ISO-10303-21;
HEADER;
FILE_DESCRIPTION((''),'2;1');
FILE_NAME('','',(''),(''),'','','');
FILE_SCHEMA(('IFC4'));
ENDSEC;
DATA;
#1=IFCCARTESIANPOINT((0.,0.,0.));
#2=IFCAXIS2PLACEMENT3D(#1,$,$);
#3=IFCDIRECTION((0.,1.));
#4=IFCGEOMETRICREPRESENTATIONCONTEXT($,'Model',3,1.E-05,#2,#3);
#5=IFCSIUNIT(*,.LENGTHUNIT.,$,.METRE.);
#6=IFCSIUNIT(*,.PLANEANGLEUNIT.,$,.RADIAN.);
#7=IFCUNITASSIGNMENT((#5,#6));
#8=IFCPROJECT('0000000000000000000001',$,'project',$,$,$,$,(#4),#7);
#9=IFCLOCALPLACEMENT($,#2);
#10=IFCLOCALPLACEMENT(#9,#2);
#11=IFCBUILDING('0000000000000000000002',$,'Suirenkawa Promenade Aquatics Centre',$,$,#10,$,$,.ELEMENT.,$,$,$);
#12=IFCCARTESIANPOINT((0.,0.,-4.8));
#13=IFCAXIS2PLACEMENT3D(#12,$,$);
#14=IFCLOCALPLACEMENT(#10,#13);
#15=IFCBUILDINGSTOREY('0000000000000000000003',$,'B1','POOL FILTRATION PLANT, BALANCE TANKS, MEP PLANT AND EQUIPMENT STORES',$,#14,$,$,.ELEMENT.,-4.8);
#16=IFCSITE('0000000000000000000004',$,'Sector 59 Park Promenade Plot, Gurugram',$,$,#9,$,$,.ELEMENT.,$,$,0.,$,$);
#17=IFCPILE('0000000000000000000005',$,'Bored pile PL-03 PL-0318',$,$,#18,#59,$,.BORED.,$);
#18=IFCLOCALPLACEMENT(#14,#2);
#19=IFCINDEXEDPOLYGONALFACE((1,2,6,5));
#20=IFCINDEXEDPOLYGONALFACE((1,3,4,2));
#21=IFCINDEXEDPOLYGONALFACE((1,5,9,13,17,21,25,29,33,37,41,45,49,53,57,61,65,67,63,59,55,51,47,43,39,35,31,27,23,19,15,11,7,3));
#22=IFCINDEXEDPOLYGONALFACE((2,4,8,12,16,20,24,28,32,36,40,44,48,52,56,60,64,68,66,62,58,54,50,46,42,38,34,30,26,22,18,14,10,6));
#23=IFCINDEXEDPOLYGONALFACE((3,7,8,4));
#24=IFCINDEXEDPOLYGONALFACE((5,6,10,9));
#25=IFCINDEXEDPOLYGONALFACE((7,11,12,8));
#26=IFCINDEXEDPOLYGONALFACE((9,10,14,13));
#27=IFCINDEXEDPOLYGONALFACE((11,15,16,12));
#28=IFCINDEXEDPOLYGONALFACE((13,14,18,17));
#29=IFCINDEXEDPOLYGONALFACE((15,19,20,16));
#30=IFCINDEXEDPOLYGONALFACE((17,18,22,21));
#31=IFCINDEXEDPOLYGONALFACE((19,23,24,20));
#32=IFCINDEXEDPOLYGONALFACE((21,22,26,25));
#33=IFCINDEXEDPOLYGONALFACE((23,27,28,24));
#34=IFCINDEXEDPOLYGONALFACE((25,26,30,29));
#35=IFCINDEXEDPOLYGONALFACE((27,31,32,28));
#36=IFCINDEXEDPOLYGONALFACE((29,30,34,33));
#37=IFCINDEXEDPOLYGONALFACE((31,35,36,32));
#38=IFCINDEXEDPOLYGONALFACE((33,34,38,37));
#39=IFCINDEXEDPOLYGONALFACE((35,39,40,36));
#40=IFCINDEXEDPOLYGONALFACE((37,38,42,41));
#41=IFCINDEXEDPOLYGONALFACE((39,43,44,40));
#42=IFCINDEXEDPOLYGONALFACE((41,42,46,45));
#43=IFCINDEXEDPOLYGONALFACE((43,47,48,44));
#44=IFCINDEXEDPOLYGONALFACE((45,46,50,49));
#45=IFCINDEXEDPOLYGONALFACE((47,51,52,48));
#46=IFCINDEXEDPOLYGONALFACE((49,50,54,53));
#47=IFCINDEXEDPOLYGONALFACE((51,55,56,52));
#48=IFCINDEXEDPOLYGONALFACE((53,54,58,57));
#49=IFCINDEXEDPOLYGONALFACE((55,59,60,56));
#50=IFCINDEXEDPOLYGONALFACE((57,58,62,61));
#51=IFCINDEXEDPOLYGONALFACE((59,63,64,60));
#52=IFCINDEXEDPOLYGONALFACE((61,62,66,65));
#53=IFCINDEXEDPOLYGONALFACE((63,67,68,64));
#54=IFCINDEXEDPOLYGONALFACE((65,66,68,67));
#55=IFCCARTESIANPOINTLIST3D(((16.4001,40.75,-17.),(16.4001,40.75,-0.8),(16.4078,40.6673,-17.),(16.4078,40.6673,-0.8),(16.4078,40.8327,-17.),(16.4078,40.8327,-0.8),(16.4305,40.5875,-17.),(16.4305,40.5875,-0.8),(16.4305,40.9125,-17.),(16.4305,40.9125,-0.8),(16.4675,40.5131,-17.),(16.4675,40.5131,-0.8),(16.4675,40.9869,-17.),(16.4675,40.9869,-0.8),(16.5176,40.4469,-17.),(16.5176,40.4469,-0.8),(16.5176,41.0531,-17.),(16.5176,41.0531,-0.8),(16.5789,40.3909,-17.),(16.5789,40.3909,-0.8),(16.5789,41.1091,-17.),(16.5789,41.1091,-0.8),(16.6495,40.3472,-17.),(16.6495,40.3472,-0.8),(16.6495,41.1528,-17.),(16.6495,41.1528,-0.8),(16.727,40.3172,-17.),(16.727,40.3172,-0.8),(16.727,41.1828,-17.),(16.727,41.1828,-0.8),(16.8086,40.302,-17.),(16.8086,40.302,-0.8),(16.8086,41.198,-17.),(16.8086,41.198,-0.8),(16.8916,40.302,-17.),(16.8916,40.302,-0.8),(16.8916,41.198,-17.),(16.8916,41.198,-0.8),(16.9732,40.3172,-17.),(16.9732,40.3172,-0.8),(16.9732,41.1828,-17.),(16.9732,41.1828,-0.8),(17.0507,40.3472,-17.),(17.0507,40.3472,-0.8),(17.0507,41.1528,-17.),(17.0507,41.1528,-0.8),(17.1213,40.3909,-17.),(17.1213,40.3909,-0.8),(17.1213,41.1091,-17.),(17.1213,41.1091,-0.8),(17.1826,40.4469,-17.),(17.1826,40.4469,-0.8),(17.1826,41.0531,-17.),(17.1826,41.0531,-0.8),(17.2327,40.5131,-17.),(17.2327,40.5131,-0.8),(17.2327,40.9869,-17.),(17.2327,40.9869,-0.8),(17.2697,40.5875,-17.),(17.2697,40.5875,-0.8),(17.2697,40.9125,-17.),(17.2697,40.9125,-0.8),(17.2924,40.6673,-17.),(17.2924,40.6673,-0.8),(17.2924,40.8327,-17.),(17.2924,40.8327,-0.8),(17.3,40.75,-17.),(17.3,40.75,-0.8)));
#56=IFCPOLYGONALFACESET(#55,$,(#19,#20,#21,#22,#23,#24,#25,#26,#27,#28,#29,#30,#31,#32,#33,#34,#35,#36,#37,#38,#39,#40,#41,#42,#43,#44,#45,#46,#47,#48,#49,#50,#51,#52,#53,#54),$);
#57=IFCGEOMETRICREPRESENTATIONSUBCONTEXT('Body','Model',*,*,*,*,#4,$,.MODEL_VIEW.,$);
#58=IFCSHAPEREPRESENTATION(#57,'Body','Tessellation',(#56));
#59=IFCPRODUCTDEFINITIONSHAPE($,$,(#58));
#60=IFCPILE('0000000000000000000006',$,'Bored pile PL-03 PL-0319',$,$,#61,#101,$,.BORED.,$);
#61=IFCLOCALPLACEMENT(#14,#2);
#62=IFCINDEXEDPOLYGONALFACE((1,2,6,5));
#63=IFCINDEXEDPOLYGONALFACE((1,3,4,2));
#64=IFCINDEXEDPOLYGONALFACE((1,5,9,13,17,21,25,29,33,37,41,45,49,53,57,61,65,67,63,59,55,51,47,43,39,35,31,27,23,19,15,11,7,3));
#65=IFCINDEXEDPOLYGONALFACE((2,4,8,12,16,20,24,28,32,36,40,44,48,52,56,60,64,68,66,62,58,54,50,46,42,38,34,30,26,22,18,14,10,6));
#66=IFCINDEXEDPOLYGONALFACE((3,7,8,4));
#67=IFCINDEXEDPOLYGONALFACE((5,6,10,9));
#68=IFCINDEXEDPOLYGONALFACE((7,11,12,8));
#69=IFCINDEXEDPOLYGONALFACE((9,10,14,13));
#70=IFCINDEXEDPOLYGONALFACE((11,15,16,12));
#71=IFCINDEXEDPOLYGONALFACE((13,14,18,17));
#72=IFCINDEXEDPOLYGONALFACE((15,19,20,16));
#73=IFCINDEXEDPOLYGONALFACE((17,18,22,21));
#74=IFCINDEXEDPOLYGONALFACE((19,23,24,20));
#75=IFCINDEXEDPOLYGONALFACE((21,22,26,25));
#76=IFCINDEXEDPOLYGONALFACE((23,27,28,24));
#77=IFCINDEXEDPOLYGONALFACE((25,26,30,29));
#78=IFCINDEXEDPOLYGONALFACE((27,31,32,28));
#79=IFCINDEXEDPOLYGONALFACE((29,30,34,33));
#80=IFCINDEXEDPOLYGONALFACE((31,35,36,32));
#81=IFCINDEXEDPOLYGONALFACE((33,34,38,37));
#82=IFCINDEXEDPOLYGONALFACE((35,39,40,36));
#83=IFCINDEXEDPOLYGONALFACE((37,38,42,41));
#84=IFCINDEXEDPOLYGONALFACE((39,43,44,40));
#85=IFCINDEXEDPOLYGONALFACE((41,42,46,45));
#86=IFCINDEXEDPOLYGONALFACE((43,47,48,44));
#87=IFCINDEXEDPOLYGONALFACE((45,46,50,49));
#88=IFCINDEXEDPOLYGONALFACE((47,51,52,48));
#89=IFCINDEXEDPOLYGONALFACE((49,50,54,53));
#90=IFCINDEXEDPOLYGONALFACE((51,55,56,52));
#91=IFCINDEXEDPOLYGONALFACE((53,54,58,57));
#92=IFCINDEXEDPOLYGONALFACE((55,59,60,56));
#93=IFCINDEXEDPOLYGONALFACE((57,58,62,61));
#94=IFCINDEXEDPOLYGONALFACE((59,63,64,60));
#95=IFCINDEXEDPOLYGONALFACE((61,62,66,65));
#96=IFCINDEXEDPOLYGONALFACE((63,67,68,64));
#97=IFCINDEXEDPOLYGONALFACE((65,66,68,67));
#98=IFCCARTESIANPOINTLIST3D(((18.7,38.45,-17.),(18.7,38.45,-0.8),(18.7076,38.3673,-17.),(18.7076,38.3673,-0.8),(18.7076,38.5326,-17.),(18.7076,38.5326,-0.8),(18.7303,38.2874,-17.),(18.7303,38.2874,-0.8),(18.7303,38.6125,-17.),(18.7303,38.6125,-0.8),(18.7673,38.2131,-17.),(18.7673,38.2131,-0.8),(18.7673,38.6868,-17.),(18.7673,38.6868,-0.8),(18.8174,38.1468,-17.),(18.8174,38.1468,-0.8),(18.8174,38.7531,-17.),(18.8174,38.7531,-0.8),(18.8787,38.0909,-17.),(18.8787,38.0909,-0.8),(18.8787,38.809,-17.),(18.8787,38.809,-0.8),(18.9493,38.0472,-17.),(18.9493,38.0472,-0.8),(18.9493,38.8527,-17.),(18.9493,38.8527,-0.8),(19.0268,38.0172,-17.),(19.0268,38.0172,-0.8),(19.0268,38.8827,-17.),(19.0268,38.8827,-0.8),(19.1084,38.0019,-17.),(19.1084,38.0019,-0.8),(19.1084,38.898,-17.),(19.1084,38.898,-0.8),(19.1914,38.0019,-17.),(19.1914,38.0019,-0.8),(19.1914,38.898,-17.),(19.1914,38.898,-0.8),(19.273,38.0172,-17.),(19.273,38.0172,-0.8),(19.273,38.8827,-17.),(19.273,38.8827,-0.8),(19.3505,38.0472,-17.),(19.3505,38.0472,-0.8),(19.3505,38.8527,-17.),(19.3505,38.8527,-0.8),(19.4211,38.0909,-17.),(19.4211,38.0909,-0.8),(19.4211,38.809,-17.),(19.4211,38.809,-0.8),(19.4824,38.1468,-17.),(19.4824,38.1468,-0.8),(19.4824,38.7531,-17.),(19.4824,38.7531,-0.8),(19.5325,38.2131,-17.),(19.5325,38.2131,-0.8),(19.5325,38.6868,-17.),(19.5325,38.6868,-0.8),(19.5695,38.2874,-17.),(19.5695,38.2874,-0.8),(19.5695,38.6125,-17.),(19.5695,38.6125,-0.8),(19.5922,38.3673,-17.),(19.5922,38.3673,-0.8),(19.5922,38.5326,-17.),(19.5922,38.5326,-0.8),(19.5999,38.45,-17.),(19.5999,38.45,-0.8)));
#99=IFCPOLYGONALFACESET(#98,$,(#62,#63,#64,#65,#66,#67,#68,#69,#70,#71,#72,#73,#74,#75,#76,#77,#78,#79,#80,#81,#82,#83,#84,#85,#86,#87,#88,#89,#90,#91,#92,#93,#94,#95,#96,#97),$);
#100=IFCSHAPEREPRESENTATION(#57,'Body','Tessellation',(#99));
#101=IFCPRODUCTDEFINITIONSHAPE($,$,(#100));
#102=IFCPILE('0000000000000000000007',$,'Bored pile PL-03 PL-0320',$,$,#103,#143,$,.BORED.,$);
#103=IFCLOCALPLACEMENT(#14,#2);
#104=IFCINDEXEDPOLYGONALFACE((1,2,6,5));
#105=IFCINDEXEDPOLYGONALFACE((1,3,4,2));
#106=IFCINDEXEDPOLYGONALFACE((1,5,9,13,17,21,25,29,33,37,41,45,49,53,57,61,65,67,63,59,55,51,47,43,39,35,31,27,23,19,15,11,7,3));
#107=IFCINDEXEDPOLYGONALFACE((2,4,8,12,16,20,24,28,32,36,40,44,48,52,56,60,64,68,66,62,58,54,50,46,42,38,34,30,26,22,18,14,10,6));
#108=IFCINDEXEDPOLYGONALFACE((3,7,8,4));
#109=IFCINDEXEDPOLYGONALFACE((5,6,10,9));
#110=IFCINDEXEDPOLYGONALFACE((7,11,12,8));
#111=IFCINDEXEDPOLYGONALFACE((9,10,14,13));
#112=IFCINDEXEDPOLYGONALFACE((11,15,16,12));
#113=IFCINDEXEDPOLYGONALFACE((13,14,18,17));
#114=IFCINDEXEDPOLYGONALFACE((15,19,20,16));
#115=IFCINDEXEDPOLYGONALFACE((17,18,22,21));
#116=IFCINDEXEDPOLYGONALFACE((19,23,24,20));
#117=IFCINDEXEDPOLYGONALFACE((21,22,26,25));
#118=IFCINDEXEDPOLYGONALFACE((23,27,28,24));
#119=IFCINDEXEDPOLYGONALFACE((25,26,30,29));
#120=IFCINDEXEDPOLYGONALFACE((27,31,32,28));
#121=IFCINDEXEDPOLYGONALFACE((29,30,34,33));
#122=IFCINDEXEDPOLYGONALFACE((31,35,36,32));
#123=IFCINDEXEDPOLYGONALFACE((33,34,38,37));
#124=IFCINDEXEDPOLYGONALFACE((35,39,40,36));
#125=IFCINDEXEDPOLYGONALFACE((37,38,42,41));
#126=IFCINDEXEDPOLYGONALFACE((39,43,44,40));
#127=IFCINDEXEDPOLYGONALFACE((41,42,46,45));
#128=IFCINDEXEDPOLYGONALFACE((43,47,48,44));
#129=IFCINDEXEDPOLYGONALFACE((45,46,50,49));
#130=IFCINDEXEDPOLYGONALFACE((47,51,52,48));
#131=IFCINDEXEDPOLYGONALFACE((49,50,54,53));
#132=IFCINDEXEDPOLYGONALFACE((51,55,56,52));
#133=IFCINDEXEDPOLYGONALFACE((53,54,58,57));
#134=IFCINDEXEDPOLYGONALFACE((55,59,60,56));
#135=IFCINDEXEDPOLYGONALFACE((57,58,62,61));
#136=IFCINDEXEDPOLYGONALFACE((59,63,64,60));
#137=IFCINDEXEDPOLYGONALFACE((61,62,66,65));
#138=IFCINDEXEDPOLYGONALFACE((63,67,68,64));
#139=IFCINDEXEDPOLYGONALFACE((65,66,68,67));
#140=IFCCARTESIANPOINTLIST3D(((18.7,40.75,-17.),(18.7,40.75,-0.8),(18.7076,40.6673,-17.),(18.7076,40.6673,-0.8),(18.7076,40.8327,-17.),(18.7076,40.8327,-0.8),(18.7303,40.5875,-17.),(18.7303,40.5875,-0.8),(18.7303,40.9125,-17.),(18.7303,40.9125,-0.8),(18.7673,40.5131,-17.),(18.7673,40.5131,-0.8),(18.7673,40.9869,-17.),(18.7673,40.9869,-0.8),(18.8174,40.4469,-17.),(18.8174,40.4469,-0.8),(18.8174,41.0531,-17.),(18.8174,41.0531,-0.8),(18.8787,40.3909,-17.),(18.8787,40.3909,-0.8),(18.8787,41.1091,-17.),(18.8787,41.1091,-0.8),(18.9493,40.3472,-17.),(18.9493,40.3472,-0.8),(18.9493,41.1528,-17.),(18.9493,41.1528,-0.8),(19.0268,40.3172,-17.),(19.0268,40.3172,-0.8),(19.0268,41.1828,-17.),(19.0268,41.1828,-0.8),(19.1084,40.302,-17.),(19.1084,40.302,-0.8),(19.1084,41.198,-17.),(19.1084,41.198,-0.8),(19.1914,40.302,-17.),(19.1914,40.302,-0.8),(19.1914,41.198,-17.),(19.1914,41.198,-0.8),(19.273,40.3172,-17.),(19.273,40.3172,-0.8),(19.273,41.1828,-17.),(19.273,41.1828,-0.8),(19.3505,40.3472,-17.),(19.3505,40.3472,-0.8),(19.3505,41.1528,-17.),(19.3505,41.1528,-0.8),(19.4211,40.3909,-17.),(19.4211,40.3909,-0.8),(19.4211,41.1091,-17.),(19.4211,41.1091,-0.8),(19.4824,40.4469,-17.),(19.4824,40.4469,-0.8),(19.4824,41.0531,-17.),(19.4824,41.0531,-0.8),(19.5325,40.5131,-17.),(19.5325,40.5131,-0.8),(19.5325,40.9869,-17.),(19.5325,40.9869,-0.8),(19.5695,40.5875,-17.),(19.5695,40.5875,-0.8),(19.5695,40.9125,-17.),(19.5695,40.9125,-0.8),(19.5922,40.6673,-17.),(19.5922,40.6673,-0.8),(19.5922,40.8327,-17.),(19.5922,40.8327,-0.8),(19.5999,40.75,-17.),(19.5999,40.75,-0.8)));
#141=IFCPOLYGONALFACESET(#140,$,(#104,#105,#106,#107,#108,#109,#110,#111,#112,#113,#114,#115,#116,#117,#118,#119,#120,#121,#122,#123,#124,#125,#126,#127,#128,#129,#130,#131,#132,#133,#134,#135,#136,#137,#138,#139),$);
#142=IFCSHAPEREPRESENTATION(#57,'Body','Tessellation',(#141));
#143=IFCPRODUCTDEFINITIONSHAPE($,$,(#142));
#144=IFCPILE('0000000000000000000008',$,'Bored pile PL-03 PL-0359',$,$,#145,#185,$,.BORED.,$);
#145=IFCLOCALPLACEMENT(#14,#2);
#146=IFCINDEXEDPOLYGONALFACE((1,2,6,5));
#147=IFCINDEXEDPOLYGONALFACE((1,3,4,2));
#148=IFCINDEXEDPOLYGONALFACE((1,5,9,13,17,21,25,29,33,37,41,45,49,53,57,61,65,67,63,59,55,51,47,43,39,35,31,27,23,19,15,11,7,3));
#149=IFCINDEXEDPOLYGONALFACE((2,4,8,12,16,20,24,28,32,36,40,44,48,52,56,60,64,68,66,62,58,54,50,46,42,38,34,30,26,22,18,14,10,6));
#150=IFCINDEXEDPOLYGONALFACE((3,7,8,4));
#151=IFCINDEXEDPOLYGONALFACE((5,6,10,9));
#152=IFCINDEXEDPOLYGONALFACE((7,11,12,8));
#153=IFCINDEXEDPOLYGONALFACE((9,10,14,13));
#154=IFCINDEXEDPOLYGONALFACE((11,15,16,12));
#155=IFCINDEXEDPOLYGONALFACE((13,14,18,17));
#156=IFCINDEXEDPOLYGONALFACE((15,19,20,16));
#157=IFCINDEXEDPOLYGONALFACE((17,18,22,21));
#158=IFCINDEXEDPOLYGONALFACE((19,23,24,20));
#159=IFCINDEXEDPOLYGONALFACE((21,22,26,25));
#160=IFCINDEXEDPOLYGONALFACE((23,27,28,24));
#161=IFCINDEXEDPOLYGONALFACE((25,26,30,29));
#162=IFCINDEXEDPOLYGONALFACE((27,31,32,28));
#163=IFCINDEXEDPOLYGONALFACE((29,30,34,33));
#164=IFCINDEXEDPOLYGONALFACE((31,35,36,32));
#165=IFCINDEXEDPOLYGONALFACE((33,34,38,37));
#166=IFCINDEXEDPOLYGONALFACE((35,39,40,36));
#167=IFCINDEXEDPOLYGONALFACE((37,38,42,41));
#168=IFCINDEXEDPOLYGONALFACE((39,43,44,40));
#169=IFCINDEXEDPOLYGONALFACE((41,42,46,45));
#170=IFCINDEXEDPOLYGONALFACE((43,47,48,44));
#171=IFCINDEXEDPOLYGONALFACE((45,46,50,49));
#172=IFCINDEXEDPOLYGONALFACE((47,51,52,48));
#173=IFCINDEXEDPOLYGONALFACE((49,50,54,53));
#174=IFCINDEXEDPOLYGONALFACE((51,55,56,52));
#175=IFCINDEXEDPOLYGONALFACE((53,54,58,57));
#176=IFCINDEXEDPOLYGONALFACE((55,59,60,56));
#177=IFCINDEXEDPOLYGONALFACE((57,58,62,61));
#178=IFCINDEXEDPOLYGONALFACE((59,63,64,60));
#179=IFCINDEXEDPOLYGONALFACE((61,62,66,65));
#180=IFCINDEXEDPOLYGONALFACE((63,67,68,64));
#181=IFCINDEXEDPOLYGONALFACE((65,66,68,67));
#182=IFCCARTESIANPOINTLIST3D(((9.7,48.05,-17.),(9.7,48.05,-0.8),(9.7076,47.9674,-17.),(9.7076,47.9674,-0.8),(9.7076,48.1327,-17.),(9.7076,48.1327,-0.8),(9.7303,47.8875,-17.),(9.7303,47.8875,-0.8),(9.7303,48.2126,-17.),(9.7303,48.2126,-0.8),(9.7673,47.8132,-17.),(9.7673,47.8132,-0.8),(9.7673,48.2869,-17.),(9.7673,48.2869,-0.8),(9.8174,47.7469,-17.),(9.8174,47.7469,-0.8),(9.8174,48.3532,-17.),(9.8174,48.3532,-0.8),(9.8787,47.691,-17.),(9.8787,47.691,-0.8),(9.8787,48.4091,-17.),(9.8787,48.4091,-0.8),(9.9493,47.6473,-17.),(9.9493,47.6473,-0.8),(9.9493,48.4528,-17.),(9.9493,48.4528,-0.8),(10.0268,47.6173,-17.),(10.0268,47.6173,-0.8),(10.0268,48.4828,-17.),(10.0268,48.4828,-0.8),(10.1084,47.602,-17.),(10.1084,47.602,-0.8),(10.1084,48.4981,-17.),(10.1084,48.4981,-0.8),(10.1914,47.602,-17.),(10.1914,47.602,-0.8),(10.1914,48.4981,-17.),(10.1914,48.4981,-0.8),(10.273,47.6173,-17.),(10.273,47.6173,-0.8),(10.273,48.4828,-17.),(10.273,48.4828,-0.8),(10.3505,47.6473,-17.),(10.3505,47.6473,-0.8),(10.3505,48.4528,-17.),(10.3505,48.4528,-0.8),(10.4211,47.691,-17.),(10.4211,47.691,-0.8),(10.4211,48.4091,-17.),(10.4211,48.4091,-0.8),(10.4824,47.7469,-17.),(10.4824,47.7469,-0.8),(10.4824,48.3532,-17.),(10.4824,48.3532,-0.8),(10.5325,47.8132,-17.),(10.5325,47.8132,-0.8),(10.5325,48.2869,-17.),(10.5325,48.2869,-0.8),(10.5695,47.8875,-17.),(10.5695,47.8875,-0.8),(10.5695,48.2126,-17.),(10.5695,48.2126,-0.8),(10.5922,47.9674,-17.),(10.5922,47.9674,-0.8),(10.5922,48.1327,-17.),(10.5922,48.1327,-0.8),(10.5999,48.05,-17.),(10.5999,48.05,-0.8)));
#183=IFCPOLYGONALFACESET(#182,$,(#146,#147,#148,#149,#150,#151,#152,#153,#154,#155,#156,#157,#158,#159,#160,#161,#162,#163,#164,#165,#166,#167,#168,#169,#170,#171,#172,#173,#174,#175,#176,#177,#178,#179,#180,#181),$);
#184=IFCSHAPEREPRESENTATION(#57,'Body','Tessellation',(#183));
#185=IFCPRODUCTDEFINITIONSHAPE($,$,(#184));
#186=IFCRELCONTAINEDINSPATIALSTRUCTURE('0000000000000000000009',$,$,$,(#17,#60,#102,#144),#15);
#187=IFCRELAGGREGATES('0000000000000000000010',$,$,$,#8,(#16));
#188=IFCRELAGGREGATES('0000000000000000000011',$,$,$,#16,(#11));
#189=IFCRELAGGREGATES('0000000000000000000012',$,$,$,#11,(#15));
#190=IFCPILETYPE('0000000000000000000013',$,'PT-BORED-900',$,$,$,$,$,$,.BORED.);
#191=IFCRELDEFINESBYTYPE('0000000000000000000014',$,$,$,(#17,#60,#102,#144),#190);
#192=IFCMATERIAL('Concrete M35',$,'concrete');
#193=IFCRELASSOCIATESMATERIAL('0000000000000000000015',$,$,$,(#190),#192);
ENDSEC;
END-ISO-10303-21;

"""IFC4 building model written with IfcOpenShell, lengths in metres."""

from ifc_helpers import new_model, si_unit, direction, frame, origin, origin_2d, place, context, subcontext, project, spatial, circle, extrude, material, material_profile, profile_set, type_object, element, save


model = new_model("IFC4")

# Units and contexts
model_context = context("Model", 3, precision=1e-05, world=origin(), true_north=direction((0.0, 1.0)))
body_context = subcontext(model_context, "Body", "Model", "MODEL_VIEW")
ifc_project = project(units=[si_unit("LENGTHUNIT", "METRE"), si_unit("PLANEANGLEUNIT", "RADIAN")], contexts=[model_context])

# Site, building, storey
site_placement = place(None, origin())
site = spatial("IfcSite", under=ifc_project, at=site_placement, Name="Sector 59 Park Promenade Plot, Gurugram", CompositionType="ELEMENT", RefElevation=0.0)
building_placement = place(site_placement, origin())
building = spatial("IfcBuilding", under=site, at=building_placement, Name="Suirenkawa Promenade Aquatics Centre", CompositionType="ELEMENT")
storey_placement = place(building_placement, frame((0.0, 0.0, -4.8)))
storey = spatial("IfcBuildingStorey", under=building, at=storey_placement, Name="B1", Description="POOL FILTRATION PLANT, BALANCE TANKS, MEP PLANT AND EQUIPMENT STORES", CompositionType="ELEMENT", Elevation=-4.8)

# Shared definitions
ifc_material_1 = material(Name="Concrete M35", Category="concrete")

# Piles
ifc_material_profile_1 = material_profile(ifc_material_1, circle(Radius=0.45, at=origin_2d()), Name="PILE D900", Category="concrete")
ifc_profile_set_1 = profile_set([ifc_material_profile_1], Name="Concrete M35")
pile_type = type_object("IfcPileType", Name="PT-BORED-900", PredefinedType="BORED", material=ifc_profile_set_1)
for number, where, z_axis, x_axis, name in (
    (1, (16.8501, 40.75, -0.8), (0.0, 0.0, -1.0), (1.0, 0.0, 0.0), "Bored pile PL-03 PL-0318"),
    (2, (19.1499, 38.45, -0.8), (0.0, 0.0, -1.0), (1.0, 0.0, 0.0), "Bored pile PL-03 PL-0319"),
    (3, (19.1499, 40.75, -0.8), (0.0, 0.0, -1.0), (1.0, 0.0, 0.0), "Bored pile PL-03 PL-0320"),
    (4, (10.1499, 48.05, -0.8), (0.0, 0.0, -1.0), (1.0, 0.0, 0.0), "Bored pile PL-03 PL-0359"),
):
    element("IfcPile", number, at=place(storey_placement, frame(where, z_axis=z_axis, x_axis=x_axis)), inside=storey, type_object=pile_type, Name=name, PredefinedType="BORED", context=body_context, shape_type="SweptSolid", body=[
        extrude(circle(Radius=0.45, at=origin_2d()), origin(), (0.0, 0.0, 1.0), 16.2),
    ])

save(model, "model.ifc")
